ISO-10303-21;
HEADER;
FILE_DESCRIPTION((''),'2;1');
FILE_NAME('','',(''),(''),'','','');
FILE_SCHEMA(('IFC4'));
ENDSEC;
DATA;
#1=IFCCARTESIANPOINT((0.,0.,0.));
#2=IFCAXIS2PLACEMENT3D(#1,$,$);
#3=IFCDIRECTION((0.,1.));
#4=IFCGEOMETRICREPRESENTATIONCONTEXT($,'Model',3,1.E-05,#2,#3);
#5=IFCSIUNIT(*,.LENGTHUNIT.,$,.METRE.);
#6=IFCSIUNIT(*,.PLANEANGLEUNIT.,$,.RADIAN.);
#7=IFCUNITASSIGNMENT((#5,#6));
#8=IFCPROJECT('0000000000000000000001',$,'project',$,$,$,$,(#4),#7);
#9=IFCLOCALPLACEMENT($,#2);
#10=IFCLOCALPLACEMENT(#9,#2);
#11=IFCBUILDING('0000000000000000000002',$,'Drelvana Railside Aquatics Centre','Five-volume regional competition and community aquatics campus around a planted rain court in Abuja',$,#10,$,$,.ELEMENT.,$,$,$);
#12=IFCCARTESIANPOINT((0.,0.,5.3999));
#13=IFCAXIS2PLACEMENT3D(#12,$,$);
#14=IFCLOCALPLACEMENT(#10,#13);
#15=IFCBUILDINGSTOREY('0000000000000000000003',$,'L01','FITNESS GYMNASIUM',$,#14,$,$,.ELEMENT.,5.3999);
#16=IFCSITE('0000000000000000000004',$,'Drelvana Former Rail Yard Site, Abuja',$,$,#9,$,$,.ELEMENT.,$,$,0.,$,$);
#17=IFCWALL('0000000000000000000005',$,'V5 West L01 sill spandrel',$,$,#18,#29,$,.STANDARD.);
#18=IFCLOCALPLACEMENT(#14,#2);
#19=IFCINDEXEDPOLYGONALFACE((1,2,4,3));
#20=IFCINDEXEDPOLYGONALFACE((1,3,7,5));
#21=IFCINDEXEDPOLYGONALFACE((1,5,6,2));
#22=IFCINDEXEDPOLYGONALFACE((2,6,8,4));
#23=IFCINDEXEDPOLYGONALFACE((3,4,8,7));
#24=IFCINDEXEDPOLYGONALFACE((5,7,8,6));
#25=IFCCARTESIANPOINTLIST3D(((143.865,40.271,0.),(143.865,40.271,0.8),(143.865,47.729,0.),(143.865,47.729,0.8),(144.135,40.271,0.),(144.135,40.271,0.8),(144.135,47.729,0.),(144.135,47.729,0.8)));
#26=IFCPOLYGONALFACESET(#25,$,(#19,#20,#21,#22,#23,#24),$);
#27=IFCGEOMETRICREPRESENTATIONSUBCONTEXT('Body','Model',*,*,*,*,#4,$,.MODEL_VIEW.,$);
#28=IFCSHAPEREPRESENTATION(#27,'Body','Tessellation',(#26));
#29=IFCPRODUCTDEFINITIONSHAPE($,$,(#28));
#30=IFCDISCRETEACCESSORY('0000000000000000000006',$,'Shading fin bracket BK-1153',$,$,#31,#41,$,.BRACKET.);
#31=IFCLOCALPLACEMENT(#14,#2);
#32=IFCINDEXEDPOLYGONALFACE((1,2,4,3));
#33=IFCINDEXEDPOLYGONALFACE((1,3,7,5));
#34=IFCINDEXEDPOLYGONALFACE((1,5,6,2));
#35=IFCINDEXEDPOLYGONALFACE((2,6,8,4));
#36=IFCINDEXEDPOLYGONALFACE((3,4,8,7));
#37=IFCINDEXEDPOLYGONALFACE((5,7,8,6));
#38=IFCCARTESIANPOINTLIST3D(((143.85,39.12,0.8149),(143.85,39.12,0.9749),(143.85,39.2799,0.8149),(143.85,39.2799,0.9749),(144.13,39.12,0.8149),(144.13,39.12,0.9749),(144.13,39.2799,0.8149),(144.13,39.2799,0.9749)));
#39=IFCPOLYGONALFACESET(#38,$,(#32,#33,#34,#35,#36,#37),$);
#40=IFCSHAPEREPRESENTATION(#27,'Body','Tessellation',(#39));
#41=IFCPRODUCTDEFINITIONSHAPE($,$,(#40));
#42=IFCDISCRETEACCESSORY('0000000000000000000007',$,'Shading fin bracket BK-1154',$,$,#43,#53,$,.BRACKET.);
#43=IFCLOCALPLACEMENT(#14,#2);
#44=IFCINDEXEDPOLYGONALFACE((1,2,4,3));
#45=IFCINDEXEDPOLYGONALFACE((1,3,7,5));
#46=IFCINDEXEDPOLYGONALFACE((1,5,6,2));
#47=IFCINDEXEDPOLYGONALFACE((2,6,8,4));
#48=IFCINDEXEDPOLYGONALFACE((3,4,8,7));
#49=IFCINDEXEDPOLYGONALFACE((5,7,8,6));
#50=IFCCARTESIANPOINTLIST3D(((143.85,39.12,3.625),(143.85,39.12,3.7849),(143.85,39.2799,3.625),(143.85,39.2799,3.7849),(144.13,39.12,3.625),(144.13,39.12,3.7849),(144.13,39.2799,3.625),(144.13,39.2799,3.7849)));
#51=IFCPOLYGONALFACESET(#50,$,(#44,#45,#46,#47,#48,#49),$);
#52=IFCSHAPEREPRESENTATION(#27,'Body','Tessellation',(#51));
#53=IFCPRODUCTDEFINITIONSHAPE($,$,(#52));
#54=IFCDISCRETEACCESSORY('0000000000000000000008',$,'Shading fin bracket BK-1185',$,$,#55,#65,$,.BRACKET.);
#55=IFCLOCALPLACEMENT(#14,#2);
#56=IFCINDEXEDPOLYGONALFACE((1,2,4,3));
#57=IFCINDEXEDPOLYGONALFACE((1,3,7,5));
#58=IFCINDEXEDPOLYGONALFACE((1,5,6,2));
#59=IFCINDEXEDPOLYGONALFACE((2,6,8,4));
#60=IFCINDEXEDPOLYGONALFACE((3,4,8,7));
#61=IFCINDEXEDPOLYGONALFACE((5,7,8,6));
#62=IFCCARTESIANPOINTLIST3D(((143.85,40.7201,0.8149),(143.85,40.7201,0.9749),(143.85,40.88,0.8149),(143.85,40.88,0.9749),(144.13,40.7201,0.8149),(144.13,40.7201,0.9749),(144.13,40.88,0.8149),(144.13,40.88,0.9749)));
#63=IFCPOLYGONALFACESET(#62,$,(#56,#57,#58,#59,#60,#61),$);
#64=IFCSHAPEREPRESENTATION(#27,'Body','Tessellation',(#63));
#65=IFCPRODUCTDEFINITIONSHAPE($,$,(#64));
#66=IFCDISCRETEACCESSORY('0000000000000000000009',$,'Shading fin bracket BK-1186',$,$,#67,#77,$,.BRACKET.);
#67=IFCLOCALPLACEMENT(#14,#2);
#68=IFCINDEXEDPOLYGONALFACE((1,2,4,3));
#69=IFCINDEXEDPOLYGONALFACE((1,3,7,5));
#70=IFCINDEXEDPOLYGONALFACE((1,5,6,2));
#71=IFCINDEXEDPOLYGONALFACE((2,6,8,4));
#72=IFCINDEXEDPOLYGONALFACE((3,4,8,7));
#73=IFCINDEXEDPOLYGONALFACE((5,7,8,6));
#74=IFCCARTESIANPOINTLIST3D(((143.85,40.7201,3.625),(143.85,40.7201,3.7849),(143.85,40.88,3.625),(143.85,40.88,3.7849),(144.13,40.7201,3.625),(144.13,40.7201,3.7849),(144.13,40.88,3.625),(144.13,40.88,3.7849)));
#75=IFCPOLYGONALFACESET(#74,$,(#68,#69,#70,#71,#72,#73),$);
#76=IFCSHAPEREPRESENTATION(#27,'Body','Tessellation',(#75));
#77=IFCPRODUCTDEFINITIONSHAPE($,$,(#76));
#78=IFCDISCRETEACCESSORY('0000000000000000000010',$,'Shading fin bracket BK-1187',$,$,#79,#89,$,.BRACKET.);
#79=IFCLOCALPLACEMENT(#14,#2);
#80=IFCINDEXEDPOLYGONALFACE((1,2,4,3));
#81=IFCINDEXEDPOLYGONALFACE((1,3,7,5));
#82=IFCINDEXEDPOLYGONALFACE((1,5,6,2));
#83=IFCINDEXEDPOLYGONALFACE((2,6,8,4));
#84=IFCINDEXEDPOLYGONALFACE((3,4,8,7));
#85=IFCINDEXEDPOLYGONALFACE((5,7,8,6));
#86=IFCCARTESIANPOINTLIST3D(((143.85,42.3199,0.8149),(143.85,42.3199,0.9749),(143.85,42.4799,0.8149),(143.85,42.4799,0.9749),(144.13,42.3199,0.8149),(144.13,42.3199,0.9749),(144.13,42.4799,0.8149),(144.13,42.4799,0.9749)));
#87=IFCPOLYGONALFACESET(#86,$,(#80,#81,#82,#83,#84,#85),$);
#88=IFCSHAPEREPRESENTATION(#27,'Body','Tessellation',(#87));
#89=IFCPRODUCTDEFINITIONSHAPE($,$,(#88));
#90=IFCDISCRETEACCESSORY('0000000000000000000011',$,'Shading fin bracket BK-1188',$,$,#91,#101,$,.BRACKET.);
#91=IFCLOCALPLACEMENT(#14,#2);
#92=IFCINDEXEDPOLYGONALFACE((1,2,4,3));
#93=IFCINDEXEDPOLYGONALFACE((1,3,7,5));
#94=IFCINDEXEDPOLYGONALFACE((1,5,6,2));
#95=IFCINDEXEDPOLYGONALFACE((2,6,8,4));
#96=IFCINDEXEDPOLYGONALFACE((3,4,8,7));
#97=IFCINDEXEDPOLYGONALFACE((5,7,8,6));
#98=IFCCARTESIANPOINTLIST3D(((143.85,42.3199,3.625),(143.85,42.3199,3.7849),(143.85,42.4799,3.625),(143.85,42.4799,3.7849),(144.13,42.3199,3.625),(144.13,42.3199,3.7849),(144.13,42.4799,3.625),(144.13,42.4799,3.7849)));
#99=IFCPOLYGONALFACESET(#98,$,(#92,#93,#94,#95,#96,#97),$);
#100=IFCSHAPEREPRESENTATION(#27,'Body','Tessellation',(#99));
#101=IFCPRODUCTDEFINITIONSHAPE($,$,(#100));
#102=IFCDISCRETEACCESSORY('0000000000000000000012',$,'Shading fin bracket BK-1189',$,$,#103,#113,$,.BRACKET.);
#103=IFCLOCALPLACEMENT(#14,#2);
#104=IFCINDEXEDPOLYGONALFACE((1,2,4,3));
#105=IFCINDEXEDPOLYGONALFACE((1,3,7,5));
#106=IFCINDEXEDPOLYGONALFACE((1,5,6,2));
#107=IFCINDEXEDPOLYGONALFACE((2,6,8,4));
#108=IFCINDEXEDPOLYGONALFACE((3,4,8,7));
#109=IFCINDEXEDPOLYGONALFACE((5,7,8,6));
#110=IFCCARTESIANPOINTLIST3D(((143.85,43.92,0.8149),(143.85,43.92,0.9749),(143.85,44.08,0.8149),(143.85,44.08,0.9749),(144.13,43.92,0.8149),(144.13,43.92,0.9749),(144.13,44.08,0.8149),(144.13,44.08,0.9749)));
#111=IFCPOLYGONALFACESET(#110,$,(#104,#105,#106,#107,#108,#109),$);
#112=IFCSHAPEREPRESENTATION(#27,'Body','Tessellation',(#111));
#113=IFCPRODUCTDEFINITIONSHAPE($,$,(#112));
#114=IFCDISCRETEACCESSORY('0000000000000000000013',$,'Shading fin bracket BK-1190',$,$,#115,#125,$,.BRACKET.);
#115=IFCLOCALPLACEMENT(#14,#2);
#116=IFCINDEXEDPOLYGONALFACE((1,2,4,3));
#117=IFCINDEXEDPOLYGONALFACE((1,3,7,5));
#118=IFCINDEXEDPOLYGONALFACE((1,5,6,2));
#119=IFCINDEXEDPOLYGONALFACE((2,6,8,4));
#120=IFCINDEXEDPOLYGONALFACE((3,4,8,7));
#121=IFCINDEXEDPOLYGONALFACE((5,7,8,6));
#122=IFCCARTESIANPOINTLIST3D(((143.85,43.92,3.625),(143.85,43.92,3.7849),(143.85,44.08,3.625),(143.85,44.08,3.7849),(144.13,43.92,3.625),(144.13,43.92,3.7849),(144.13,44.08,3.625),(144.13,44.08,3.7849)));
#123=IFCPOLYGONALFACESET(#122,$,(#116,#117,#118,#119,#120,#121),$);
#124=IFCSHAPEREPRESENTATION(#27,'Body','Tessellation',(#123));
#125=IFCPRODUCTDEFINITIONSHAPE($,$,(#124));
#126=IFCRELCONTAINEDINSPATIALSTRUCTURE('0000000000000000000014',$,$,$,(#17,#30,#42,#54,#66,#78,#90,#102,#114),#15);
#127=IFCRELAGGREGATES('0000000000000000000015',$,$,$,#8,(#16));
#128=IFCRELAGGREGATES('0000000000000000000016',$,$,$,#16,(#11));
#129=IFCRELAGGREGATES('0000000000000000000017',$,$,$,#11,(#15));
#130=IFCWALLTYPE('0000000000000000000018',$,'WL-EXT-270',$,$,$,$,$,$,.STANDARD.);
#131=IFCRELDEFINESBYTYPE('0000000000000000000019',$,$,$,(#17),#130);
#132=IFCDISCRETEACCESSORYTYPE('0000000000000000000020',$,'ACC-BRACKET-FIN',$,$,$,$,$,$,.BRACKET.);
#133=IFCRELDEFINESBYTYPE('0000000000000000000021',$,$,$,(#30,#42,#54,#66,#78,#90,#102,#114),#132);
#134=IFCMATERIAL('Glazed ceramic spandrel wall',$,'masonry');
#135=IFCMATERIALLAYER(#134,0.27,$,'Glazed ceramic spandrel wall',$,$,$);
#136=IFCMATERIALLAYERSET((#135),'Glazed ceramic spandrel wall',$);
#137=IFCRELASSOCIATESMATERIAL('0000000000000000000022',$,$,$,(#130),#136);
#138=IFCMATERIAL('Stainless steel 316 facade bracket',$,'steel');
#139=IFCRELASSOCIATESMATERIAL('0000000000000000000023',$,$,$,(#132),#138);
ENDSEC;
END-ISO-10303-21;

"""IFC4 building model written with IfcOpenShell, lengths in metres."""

from ifc_helpers import new_model, si_unit, direction, frame, frame_2d, origin, origin_2d, place, context, subcontext, project, spatial, rectangle, extrude, material, layer, layer_set, type_object, element, save


model = new_model("IFC4")

# Units and contexts
model_context = context("Model", 3, precision=1e-05, world=origin(), true_north=direction((0.0, 1.0)))
body_context = subcontext(model_context, "Body", "Model", "MODEL_VIEW")
ifc_project = project(units=[si_unit("LENGTHUNIT", "METRE"), si_unit("PLANEANGLEUNIT", "RADIAN")], contexts=[model_context])

# Site, building, storey
site_placement = place(None, origin())
site = spatial("IfcSite", under=ifc_project, at=site_placement, Name="Drelvana Former Rail Yard Site, Abuja", CompositionType="ELEMENT", RefElevation=0.0)
building_placement = place(site_placement, origin())
building = spatial("IfcBuilding", under=site, at=building_placement, Name="Drelvana Railside Aquatics Centre", Description="Five-volume regional competition and community aquatics campus around a planted rain court in Abuja", CompositionType="ELEMENT")
storey_placement = place(building_placement, frame((0.0, 0.0, 5.3999)))
storey = spatial("IfcBuildingStorey", under=building, at=storey_placement, Name="L01", Description="FITNESS GYMNASIUM", CompositionType="ELEMENT", Elevation=5.3999)

# Wall
ifc_material_1 = material(Name="Glazed ceramic spandrel wall", Category="masonry")
ifc_layer_1 = layer(ifc_material_1, 0.27, Name="Glazed ceramic spandrel wall")
ifc_layer_set_1 = layer_set([ifc_layer_1], Name="Glazed ceramic spandrel wall")
wall_type = type_object("IfcWallType", Name="WL-EXT-270", PredefinedType="STANDARD", material=ifc_layer_set_1)
wall_placement = place(storey_placement, frame((144.0, 40.271, 0.0), z_axis=(0.0, 0.0, 1.0), x_axis=(0.0, 1.0, 0.0)))
element("IfcWall", 1, at=wall_placement, inside=storey, type_object=wall_type, Name="V5 West L01 sill spandrel", PredefinedType="STANDARD", context=body_context, shape_type="SweptSolid", body=[
    extrude(rectangle(XDim=7.458, YDim=0.27, at=frame_2d((3.729, 0.0))), origin(), (0.0, 0.0, 1.0), 0.8),
])

# Discrete accessories
ifc_material_2 = material(Name="Stainless steel 316 facade bracket", Category="steel")
discrete_accessory_type = type_object("IfcDiscreteAccessoryType", Name="ACC-BRACKET-FIN", PredefinedType="BRACKET", material=ifc_material_2)
for number, where, z_axis, x_axis, name in (
    (2, (143.99, 39.2, 0.8149), (0.0, 0.0, 1.0), (-1.0, 0.0, 0.0), "Shading fin bracket BK-1153"),
    (3, (143.99, 39.2, 3.625), (0.0, 0.0, 1.0), (-1.0, 0.0, 0.0), "Shading fin bracket BK-1154"),
    (4, (143.99, 40.8, 0.8149), (0.0, 0.0, 1.0), (-1.0, 0.0, 0.0), "Shading fin bracket BK-1185"),
    (5, (143.99, 40.8, 3.625), (0.0, 0.0, 1.0), (-1.0, 0.0, 0.0), "Shading fin bracket BK-1186"),
    (6, (143.99, 42.3999, 0.8149), (0.0, 0.0, 1.0), (-1.0, 0.0, 0.0), "Shading fin bracket BK-1187"),
    (7, (143.99, 42.3999, 3.625), (0.0, 0.0, 1.0), (-1.0, 0.0, 0.0), "Shading fin bracket BK-1188"),
    (8, (143.99, 44.0, 0.8149), (0.0, 0.0, 1.0), (-1.0, 0.0, 0.0), "Shading fin bracket BK-1189"),
    (9, (143.99, 44.0, 3.625), (0.0, 0.0, 1.0), (-1.0, 0.0, 0.0), "Shading fin bracket BK-1190"),
):
    element("IfcDiscreteAccessory", number, at=place(storey_placement, frame(where, z_axis=z_axis, x_axis=x_axis)), inside=storey, type_object=discrete_accessory_type, Name=name, PredefinedType="BRACKET", context=body_context, shape_type="SweptSolid", body=[
        extrude(rectangle(XDim=0.28, YDim=0.1599, at=origin_2d()), origin(), (0.0, 0.0, 1.0), 0.1599),
    ])

save(model, "model.ifc")
